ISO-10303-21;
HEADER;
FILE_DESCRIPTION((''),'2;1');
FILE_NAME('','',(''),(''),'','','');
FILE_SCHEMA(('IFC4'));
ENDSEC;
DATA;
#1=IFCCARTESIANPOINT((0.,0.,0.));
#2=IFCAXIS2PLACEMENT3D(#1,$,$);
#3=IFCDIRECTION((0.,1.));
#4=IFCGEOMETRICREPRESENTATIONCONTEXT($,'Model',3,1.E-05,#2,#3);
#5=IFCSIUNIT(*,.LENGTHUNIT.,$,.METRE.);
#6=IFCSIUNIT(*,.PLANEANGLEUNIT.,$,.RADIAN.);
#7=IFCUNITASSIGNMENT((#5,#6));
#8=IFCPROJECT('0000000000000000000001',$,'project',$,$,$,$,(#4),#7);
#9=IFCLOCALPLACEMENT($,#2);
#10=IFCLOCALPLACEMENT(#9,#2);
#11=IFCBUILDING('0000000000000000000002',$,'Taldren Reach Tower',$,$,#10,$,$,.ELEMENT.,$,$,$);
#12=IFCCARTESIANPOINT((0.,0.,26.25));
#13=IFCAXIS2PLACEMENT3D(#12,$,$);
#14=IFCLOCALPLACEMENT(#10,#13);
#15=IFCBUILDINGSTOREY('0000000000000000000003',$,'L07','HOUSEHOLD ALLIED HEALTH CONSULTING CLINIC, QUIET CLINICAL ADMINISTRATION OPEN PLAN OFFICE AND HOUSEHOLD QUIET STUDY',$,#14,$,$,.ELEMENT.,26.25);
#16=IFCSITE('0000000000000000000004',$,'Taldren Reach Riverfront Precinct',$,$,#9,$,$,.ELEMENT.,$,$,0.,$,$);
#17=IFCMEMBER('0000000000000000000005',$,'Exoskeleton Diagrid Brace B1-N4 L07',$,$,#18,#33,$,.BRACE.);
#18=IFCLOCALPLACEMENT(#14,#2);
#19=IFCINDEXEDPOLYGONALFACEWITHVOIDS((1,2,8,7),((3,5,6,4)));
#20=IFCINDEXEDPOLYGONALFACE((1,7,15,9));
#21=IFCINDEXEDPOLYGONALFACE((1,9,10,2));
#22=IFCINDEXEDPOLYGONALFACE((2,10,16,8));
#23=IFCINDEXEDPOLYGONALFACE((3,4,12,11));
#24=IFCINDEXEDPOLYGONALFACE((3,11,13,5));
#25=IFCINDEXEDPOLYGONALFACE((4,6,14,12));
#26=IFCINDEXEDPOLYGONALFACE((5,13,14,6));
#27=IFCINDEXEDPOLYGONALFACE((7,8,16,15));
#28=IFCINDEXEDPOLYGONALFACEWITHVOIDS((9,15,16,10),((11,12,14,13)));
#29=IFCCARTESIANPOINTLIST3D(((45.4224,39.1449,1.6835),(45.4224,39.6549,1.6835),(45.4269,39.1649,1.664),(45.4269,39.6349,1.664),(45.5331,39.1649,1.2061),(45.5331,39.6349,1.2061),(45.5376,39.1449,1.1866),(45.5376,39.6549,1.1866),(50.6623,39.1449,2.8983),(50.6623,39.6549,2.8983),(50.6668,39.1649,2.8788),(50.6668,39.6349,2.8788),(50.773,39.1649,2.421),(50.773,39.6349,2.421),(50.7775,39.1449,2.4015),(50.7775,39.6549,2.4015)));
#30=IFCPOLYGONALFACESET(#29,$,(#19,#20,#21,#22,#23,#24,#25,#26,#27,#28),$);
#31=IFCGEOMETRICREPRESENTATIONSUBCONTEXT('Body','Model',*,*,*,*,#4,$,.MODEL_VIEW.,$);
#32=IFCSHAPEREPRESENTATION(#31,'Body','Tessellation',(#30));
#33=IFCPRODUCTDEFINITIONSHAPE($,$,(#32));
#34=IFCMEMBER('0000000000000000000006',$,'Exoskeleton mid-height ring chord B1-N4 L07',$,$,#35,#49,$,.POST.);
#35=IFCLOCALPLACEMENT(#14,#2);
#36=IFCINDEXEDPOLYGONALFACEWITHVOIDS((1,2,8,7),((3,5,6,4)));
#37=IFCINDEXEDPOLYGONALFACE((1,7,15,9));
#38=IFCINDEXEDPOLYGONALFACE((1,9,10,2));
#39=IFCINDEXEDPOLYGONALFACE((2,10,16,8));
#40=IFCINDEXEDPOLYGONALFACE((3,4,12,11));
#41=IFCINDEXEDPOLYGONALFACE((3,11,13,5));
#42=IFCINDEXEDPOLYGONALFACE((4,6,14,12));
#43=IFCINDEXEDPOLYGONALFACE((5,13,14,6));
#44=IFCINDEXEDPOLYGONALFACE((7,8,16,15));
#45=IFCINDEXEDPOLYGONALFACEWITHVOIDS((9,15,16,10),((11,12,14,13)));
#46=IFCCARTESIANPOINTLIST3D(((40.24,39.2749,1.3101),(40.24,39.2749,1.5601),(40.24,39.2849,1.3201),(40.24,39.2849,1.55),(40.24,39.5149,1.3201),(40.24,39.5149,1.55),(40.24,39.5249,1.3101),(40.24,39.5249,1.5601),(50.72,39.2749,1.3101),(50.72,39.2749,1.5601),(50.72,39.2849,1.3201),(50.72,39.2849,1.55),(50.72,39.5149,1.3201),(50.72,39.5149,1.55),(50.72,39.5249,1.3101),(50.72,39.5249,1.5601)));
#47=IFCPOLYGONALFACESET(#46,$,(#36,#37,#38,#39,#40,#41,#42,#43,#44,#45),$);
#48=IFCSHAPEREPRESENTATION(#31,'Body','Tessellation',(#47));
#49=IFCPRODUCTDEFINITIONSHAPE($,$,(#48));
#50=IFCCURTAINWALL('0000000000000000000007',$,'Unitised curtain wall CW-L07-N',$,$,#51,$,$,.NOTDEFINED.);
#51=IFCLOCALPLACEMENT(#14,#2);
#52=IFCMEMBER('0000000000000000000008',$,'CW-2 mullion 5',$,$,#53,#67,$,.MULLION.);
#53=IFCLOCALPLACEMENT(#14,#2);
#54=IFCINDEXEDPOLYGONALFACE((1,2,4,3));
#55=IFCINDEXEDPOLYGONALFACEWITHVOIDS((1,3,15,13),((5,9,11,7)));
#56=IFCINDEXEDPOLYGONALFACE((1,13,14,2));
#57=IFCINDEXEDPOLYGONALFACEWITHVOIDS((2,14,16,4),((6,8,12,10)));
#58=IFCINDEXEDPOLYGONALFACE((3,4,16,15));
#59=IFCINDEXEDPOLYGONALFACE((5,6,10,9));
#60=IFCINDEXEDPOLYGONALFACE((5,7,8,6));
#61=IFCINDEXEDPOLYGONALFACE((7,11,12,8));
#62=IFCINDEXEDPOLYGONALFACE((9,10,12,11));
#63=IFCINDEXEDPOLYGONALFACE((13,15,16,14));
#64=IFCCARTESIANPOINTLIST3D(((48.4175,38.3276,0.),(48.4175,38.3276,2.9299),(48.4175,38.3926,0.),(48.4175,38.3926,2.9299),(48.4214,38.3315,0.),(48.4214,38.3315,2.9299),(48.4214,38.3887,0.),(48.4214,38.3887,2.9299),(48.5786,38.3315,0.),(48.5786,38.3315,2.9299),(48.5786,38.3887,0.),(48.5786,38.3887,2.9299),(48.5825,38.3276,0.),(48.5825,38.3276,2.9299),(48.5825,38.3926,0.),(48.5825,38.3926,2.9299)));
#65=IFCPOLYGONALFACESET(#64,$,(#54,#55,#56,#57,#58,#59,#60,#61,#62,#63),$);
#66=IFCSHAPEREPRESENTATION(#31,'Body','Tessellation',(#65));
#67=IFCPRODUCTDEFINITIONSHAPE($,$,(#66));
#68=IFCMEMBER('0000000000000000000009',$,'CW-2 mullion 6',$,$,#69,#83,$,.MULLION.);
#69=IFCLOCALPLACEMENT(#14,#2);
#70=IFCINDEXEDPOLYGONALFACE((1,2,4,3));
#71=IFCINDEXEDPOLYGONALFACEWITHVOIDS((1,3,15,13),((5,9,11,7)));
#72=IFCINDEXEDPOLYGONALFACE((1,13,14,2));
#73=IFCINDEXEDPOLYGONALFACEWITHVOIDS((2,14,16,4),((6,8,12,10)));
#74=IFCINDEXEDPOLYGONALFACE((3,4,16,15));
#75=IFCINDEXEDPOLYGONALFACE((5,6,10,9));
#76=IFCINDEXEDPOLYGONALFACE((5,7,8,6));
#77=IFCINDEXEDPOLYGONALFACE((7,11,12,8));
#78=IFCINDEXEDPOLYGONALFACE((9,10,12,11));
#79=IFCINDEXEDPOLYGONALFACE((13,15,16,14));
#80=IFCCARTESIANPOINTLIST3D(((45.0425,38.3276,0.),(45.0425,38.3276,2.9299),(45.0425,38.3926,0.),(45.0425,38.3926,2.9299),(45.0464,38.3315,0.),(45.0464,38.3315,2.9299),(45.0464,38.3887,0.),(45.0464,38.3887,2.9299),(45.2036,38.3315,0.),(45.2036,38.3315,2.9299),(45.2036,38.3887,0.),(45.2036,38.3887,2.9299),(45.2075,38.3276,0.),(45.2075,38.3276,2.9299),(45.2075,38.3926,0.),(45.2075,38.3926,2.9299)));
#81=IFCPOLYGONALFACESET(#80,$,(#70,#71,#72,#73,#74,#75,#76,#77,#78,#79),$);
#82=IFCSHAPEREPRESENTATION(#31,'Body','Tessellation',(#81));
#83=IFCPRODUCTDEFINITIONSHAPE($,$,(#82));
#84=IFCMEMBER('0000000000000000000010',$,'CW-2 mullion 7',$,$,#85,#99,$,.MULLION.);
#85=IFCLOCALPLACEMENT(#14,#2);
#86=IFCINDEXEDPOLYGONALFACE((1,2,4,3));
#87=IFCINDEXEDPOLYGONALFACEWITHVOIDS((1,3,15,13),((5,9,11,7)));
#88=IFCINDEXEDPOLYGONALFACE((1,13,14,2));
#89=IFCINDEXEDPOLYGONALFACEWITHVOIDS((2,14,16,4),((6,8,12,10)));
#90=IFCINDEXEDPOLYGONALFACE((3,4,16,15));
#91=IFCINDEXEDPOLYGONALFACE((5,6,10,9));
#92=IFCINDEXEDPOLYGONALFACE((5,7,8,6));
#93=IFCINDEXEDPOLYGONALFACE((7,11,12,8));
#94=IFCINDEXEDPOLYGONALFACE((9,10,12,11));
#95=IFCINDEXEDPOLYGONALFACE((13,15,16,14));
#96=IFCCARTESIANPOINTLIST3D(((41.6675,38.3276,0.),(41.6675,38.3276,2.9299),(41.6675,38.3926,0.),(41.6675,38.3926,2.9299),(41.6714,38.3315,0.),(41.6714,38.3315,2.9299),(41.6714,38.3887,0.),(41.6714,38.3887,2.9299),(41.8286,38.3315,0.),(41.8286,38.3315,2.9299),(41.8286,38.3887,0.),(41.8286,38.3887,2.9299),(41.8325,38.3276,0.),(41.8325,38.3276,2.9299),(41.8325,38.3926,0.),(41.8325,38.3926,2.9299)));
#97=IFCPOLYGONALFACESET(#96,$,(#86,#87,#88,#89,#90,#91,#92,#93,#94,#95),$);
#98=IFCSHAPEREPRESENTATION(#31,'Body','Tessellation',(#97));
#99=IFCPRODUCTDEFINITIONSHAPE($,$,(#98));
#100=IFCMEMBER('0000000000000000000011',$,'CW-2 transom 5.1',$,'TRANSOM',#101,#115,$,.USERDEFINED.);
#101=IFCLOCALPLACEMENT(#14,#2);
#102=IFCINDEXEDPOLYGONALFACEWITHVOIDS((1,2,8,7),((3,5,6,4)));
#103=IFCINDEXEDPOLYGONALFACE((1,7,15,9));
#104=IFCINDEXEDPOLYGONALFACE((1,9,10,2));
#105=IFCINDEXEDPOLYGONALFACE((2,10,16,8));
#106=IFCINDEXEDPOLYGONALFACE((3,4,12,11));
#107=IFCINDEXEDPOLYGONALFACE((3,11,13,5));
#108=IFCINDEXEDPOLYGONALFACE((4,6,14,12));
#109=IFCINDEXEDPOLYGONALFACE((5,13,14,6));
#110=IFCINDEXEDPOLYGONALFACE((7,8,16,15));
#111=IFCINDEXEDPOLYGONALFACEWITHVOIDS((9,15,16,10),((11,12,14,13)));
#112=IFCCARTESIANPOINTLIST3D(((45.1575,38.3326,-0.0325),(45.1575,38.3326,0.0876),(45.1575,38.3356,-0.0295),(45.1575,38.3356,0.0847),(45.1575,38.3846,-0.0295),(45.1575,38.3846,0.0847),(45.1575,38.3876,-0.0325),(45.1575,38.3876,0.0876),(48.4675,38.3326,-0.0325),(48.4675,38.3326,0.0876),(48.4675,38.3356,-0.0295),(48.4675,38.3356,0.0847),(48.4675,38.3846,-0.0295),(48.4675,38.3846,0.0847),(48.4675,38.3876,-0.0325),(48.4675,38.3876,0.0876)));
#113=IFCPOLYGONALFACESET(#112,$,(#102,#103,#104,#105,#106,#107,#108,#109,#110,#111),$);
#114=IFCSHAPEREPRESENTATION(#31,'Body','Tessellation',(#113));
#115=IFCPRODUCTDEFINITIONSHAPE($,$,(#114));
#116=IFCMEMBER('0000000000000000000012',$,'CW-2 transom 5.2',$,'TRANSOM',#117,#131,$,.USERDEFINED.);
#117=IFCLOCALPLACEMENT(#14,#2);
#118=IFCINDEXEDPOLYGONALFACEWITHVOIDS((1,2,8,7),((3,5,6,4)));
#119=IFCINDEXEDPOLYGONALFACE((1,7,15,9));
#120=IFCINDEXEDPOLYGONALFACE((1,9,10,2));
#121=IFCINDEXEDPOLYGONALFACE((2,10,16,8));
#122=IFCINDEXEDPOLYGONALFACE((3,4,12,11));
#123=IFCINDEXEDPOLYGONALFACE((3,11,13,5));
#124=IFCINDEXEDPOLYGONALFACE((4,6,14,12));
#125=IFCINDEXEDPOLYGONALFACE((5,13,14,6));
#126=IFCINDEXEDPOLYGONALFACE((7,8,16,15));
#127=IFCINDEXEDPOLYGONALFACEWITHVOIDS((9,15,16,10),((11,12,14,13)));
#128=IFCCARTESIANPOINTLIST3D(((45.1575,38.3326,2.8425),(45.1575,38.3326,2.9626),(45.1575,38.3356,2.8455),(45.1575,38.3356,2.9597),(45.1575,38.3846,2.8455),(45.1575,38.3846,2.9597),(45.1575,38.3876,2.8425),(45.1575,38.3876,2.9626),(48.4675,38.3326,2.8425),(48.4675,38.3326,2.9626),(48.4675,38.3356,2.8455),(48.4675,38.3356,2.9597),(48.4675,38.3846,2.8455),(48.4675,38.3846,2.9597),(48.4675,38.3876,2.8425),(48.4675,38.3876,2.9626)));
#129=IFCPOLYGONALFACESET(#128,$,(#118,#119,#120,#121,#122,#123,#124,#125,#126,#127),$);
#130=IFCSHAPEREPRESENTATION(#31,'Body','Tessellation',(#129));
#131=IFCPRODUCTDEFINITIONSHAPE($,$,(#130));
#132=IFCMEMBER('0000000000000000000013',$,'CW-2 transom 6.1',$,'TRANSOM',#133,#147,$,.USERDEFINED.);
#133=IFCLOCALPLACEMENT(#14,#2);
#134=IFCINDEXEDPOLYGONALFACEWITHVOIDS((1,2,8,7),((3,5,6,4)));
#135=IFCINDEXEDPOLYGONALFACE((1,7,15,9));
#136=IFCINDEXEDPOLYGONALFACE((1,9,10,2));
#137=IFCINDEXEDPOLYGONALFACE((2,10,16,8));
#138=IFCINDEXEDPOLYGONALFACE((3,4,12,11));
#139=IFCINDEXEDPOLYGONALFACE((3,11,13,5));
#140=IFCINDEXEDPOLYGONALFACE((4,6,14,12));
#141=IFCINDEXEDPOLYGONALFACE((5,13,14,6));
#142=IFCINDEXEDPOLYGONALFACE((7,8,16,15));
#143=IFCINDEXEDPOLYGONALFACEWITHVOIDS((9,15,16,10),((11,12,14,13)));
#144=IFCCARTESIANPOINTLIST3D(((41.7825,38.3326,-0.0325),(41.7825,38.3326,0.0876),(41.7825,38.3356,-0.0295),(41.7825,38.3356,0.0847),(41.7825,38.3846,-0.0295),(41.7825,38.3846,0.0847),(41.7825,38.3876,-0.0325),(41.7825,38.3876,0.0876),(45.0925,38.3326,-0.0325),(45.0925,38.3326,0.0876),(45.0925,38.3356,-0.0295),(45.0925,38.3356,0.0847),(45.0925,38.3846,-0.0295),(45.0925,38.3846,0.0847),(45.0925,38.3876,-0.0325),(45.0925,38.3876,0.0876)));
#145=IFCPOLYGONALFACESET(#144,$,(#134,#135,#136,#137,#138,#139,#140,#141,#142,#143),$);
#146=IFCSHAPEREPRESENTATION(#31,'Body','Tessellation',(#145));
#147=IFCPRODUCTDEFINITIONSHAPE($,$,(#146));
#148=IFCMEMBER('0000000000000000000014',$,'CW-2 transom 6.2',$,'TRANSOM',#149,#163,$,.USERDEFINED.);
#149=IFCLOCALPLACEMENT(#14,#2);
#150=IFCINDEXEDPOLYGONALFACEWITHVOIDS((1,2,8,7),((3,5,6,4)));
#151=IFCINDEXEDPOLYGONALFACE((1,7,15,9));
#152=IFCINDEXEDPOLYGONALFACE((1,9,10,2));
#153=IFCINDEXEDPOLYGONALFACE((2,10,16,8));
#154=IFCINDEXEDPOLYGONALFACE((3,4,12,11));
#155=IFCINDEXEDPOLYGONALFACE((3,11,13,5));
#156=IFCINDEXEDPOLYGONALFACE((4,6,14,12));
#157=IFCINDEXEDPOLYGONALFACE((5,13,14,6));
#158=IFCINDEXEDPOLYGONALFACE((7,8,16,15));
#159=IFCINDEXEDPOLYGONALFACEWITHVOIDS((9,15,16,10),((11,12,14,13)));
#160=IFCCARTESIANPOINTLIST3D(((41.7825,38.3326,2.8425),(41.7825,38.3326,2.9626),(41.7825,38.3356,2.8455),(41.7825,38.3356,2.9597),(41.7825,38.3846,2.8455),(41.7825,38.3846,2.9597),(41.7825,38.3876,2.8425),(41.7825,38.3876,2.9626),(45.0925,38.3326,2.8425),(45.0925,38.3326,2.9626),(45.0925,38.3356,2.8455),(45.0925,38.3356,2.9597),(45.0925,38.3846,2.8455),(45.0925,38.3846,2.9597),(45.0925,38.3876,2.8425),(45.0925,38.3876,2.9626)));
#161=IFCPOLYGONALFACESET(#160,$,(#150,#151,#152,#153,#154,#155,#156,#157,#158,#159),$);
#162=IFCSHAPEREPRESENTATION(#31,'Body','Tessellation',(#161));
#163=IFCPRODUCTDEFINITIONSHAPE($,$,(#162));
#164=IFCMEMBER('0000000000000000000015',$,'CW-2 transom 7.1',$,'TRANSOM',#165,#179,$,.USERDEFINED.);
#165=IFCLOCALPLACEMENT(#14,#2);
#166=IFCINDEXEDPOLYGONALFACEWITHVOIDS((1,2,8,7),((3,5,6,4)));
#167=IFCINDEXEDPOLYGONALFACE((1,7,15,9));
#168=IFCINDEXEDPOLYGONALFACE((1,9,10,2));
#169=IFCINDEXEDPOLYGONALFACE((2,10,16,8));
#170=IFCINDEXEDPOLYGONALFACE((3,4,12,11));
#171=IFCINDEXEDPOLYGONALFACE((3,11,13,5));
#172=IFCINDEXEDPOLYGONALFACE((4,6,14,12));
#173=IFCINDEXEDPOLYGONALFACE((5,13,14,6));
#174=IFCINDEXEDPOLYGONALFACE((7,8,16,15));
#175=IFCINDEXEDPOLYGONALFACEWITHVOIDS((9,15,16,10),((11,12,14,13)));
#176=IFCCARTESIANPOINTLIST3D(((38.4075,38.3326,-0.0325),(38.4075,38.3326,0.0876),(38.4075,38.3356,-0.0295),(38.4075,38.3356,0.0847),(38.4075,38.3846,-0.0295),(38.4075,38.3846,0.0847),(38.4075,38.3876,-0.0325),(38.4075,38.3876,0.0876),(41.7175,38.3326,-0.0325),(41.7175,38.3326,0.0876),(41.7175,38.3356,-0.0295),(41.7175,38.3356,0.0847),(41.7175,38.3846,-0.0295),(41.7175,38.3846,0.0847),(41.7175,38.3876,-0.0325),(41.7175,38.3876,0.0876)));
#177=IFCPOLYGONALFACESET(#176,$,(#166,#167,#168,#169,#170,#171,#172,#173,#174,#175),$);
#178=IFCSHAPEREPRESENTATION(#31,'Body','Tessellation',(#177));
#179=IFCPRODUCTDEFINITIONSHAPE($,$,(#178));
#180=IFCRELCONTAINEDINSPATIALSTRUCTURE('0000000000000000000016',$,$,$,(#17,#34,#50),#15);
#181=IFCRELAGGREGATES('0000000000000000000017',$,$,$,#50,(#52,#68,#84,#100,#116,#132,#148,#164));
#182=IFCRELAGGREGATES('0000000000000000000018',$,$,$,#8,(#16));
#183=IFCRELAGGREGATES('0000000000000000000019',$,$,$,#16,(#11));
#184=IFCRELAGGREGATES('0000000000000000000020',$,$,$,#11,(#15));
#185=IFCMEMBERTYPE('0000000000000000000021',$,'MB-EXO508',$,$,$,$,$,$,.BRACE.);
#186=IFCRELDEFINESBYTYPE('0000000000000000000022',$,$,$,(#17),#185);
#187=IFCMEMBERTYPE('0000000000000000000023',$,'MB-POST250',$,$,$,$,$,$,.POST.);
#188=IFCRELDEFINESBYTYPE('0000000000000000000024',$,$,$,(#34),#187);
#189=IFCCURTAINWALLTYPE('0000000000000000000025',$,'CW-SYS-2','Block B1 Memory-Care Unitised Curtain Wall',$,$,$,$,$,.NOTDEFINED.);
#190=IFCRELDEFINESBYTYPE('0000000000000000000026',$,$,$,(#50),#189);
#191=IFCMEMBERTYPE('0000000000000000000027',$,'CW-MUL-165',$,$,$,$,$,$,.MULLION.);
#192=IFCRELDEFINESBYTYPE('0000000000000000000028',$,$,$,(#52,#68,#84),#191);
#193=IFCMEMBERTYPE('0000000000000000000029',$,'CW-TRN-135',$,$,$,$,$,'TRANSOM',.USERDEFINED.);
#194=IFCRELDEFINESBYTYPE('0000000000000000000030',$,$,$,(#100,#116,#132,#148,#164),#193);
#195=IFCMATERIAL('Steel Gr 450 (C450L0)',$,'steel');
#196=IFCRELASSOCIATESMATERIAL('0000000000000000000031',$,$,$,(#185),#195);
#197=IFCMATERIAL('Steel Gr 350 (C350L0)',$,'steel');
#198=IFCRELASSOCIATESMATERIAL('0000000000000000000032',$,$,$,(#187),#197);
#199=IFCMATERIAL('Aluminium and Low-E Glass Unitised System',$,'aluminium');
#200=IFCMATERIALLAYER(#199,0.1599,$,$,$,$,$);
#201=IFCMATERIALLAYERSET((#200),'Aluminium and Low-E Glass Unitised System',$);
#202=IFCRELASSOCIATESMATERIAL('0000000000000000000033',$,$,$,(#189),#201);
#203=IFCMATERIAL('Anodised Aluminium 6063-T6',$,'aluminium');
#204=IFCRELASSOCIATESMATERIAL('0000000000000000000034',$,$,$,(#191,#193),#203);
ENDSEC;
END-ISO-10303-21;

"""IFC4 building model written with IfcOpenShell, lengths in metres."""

from ifc_helpers import new_model, si_unit, direction, frame, origin, origin_2d, place, context, subcontext, project, spatial, hollow_rectangle, extrude, source, transform, mapped, material, layer, layer_set, material_profile, profile_set, type_object, element, aggregate, save


model = new_model("IFC4")

# Units and contexts
model_context = context("Model", 3, precision=1e-05, world=origin(), true_north=direction((0.0, 1.0)))
body_context = subcontext(model_context, "Body", "Model", "MODEL_VIEW")
ifc_project = project(units=[si_unit("LENGTHUNIT", "METRE"), si_unit("PLANEANGLEUNIT", "RADIAN")], contexts=[model_context])

# Site, building, storey
site_placement = place(None, origin())
site = spatial("IfcSite", under=ifc_project, at=site_placement, Name="Taldren Reach Riverfront Precinct", CompositionType="ELEMENT", RefElevation=0.0)
building_placement = place(site_placement, origin())
building = spatial("IfcBuilding", under=site, at=building_placement, Name="Taldren Reach Tower", CompositionType="ELEMENT")
storey_placement = place(building_placement, frame((0.0, 0.0, 26.25)))
storey = spatial("IfcBuildingStorey", under=building, at=storey_placement, Name="L07", Description="HOUSEHOLD ALLIED HEALTH CONSULTING CLINIC, QUIET CLINICAL ADMINISTRATION OPEN PLAN OFFICE AND HOUSEHOLD QUIET STUDY", CompositionType="ELEMENT", Elevation=26.25)

# Members
ifc_material_1 = material(Name="Steel Gr 450 (C450L0)", Category="steel")
ifc_material_profile_1 = material_profile(ifc_material_1, hollow_rectangle(XDim=0.51, YDim=0.51, WallThickness=0.02, at=origin_2d()), Name="510x510x20.0SHS")
ifc_profile_set_1 = profile_set([ifc_material_profile_1], Name="Steel Gr 450 (C450L0)")
member_type_1 = type_object("IfcMemberType", Name="MB-EXO508", PredefinedType="BRACE", material=ifc_profile_set_1)
shared_shape_1 = source(origin(), body_context, "Body", "SweptSolid", [
    extrude(hollow_rectangle(XDim=0.51, YDim=0.51, WallThickness=0.02, at=origin_2d()), origin(), (0.0, 0.0, 1.0), 5.3789),
])
member_1_placement = place(storey_placement, frame((45.48, 39.3999, 1.4351), z_axis=(0.974162, 0.0, 0.225851), x_axis=(0.0, 1.0, 0.0)))
element("IfcMember", 1, at=member_1_placement, inside=storey, type_object=member_type_1, Name="Exoskeleton Diagrid Brace B1-N4 L07", PredefinedType="BRACE", context=body_context, shape_type="MappedRepresentation", body=[
    mapped(shared_shape_1, transform((0.0, 0.0, 0.0), scale=1.0)),
])
ifc_material_2 = material(Name="Steel Gr 350 (C350L0)", Category="steel")
ifc_material_profile_2 = material_profile(ifc_material_2, hollow_rectangle(XDim=0.25, YDim=0.25, WallThickness=0.01, at=origin_2d()), Name="250x250x10.0SHS")
ifc_profile_set_2 = profile_set([ifc_material_profile_2], Name="Steel Gr 350 (C350L0)")
member_type_2 = type_object("IfcMemberType", Name="MB-POST250", PredefinedType="POST", material=ifc_profile_set_2)
shared_shape_2 = source(origin(), body_context, "Body", "SweptSolid", [
    extrude(hollow_rectangle(XDim=0.25, YDim=0.25, WallThickness=0.01, at=origin_2d()), origin(), (0.0, 0.0, 1.0), 10.48),
])
member_2_placement = place(storey_placement, frame((40.24, 39.3999, 1.4351), z_axis=(1.0, 0.0, 0.0), x_axis=(0.0, 1.0, 0.0)))
element("IfcMember", 2, at=member_2_placement, inside=storey, type_object=member_type_2, Name="Exoskeleton mid-height ring chord B1-N4 L07", PredefinedType="POST", context=body_context, shape_type="MappedRepresentation", body=[
    mapped(shared_shape_2, transform((0.0, 0.0, 0.0), scale=1.0)),
])

# Curtain wall, members
ifc_material_3 = material(Name="Aluminium and Low-E Glass Unitised System", Category="aluminium")
ifc_layer_1 = layer(ifc_material_3, 0.1599)
ifc_layer_set_1 = layer_set([ifc_layer_1], Name="Aluminium and Low-E Glass Unitised System")
curtain_wall_type = type_object("IfcCurtainWallType", Name="CW-SYS-2", Description="Block B1 Memory-Care Unitised Curtain Wall", PredefinedType="NOTDEFINED", material=ifc_layer_set_1)
curtain_wall_placement = place(storey_placement, origin())
curtain_wall = element("IfcCurtainWall", 3, at=curtain_wall_placement, inside=storey, type_object=curtain_wall_type, Name="Unitised curtain wall CW-L07-N", PredefinedType="NOTDEFINED")
ifc_material_4 = material(Name="Anodised Aluminium 6063-T6", Category="aluminium")
ifc_material_profile_3 = material_profile(ifc_material_4, hollow_rectangle(XDim=0.0649, YDim=0.165, WallThickness=0.0039, at=origin_2d()), Name="ALU-165x65x4RHS")
ifc_profile_set_3 = profile_set([ifc_material_profile_3], Name="Anodised Aluminium 6063-T6")
member_type_3 = type_object("IfcMemberType", Name="CW-MUL-165", PredefinedType="MULLION", material=ifc_profile_set_3)
shared_shape_3 = source(origin(), body_context, "Body", "SweptSolid", [
    extrude(hollow_rectangle(XDim=0.0649, YDim=0.165, WallThickness=0.0039, at=origin_2d()), origin(), (0.0, 0.0, 1.0), 2.9299),
])
member_3_placement = place(storey_placement, frame((48.5, 38.3601, 0.0), z_axis=(0.0, 0.0, 1.0), x_axis=(0.0, -1.0, 0.0)))
member_3 = element("IfcMember", 4, at=member_3_placement, type_object=member_type_3, Name="CW-2 mullion 5", PredefinedType="MULLION", context=body_context, shape_type="MappedRepresentation", body=[
    mapped(shared_shape_3, transform((0.0, 0.0, 0.0), scale=1.0)),
])
member_4_placement = place(storey_placement, frame((45.125, 38.3601, 0.0), z_axis=(0.0, 0.0, 1.0), x_axis=(0.0, -1.0, 0.0)))
member_4 = element("IfcMember", 5, at=member_4_placement, type_object=member_type_3, Name="CW-2 mullion 6", PredefinedType="MULLION", context=body_context, shape_type="MappedRepresentation", body=[
    mapped(shared_shape_3, transform((0.0, 0.0, 0.0), scale=1.0)),
])
member_5_placement = place(storey_placement, frame((41.75, 38.3601, 0.0), z_axis=(0.0, 0.0, 1.0), x_axis=(0.0, -1.0, 0.0)))
member_5 = element("IfcMember", 6, at=member_5_placement, type_object=member_type_3, Name="CW-2 mullion 7", PredefinedType="MULLION", context=body_context, shape_type="MappedRepresentation", body=[
    mapped(shared_shape_3, transform((0.0, 0.0, 0.0), scale=1.0)),
])
ifc_material_profile_4 = material_profile(ifc_material_4, hollow_rectangle(XDim=0.0549, YDim=0.1201, WallThickness=0.0029, at=origin_2d()), Name="ALU-120x55x3RHS")
ifc_profile_set_4 = profile_set([ifc_material_profile_4], Name="Anodised Aluminium 6063-T6")
member_type_4 = type_object("IfcMemberType", Name="CW-TRN-135", ElementType="TRANSOM", PredefinedType="USERDEFINED", material=ifc_profile_set_4)
shared_shape_4 = source(origin(), body_context, "Body", "SweptSolid", [
    extrude(hollow_rectangle(XDim=0.0549, YDim=0.1201, WallThickness=0.0029, at=origin_2d()), origin(), (0.0, 0.0, 1.0), 3.3101),
])
member_6_placement = place(storey_placement, frame((48.4675, 38.3601, 0.0276), z_axis=(-1.0, 0.0, 0.0), x_axis=(0.0, -1.0, 0.0)))
member_6 = element("IfcMember", 7, at=member_6_placement, type_object=member_type_4, Name="CW-2 transom 5.1", ObjectType="TRANSOM", PredefinedType="USERDEFINED", context=body_context, shape_type="MappedRepresentation", body=[
    mapped(shared_shape_4, transform((0.0, 0.0, 0.0), scale=1.0)),
])
member_7_placement = place(storey_placement, frame((48.4675, 38.3601, 2.9026), z_axis=(-1.0, 0.0, 0.0), x_axis=(0.0, -1.0, 0.0)))
member_7 = element("IfcMember", 8, at=member_7_placement, type_object=member_type_4, Name="CW-2 transom 5.2", ObjectType="TRANSOM", PredefinedType="USERDEFINED", context=body_context, shape_type="MappedRepresentation", body=[
    mapped(shared_shape_4, transform((0.0, 0.0, 0.0), scale=1.0)),
])
member_8_placement = place(storey_placement, frame((45.0925, 38.3601, 0.0276), z_axis=(-1.0, 0.0, 0.0), x_axis=(0.0, -1.0, 0.0)))
member_8 = element("IfcMember", 9, at=member_8_placement, type_object=member_type_4, Name="CW-2 transom 6.1", ObjectType="TRANSOM", PredefinedType="USERDEFINED", context=body_context, shape_type="MappedRepresentation", body=[
    mapped(shared_shape_4, transform((0.0, 0.0, 0.0), scale=1.0)),
])
member_9_placement = place(storey_placement, frame((45.0925, 38.3601, 2.9026), z_axis=(-1.0, 0.0, 0.0), x_axis=(0.0, -1.0, 0.0)))
member_9 = element("IfcMember", 10, at=member_9_placement, type_object=member_type_4, Name="CW-2 transom 6.2", ObjectType="TRANSOM", PredefinedType="USERDEFINED", context=body_context, shape_type="MappedRepresentation", body=[
    mapped(shared_shape_4, transform((0.0, 0.0, 0.0), scale=1.0)),
])
member_10_placement = place(storey_placement, frame((41.7175, 38.3601, 0.0276), z_axis=(-1.0, 0.0, 0.0), x_axis=(0.0, -1.0, 0.0)))
member_10 = element("IfcMember", 11, at=member_10_placement, type_object=member_type_4, Name="CW-2 transom 7.1", ObjectType="TRANSOM", PredefinedType="USERDEFINED", context=body_context, shape_type="MappedRepresentation", body=[
    mapped(shared_shape_4, transform((0.0, 0.0, 0.0), scale=1.0)),
])

aggregate(curtain_wall, [member_3, member_4, member_5, member_6, member_7, member_8, member_9, member_10])

save(model, "model.ifc")
